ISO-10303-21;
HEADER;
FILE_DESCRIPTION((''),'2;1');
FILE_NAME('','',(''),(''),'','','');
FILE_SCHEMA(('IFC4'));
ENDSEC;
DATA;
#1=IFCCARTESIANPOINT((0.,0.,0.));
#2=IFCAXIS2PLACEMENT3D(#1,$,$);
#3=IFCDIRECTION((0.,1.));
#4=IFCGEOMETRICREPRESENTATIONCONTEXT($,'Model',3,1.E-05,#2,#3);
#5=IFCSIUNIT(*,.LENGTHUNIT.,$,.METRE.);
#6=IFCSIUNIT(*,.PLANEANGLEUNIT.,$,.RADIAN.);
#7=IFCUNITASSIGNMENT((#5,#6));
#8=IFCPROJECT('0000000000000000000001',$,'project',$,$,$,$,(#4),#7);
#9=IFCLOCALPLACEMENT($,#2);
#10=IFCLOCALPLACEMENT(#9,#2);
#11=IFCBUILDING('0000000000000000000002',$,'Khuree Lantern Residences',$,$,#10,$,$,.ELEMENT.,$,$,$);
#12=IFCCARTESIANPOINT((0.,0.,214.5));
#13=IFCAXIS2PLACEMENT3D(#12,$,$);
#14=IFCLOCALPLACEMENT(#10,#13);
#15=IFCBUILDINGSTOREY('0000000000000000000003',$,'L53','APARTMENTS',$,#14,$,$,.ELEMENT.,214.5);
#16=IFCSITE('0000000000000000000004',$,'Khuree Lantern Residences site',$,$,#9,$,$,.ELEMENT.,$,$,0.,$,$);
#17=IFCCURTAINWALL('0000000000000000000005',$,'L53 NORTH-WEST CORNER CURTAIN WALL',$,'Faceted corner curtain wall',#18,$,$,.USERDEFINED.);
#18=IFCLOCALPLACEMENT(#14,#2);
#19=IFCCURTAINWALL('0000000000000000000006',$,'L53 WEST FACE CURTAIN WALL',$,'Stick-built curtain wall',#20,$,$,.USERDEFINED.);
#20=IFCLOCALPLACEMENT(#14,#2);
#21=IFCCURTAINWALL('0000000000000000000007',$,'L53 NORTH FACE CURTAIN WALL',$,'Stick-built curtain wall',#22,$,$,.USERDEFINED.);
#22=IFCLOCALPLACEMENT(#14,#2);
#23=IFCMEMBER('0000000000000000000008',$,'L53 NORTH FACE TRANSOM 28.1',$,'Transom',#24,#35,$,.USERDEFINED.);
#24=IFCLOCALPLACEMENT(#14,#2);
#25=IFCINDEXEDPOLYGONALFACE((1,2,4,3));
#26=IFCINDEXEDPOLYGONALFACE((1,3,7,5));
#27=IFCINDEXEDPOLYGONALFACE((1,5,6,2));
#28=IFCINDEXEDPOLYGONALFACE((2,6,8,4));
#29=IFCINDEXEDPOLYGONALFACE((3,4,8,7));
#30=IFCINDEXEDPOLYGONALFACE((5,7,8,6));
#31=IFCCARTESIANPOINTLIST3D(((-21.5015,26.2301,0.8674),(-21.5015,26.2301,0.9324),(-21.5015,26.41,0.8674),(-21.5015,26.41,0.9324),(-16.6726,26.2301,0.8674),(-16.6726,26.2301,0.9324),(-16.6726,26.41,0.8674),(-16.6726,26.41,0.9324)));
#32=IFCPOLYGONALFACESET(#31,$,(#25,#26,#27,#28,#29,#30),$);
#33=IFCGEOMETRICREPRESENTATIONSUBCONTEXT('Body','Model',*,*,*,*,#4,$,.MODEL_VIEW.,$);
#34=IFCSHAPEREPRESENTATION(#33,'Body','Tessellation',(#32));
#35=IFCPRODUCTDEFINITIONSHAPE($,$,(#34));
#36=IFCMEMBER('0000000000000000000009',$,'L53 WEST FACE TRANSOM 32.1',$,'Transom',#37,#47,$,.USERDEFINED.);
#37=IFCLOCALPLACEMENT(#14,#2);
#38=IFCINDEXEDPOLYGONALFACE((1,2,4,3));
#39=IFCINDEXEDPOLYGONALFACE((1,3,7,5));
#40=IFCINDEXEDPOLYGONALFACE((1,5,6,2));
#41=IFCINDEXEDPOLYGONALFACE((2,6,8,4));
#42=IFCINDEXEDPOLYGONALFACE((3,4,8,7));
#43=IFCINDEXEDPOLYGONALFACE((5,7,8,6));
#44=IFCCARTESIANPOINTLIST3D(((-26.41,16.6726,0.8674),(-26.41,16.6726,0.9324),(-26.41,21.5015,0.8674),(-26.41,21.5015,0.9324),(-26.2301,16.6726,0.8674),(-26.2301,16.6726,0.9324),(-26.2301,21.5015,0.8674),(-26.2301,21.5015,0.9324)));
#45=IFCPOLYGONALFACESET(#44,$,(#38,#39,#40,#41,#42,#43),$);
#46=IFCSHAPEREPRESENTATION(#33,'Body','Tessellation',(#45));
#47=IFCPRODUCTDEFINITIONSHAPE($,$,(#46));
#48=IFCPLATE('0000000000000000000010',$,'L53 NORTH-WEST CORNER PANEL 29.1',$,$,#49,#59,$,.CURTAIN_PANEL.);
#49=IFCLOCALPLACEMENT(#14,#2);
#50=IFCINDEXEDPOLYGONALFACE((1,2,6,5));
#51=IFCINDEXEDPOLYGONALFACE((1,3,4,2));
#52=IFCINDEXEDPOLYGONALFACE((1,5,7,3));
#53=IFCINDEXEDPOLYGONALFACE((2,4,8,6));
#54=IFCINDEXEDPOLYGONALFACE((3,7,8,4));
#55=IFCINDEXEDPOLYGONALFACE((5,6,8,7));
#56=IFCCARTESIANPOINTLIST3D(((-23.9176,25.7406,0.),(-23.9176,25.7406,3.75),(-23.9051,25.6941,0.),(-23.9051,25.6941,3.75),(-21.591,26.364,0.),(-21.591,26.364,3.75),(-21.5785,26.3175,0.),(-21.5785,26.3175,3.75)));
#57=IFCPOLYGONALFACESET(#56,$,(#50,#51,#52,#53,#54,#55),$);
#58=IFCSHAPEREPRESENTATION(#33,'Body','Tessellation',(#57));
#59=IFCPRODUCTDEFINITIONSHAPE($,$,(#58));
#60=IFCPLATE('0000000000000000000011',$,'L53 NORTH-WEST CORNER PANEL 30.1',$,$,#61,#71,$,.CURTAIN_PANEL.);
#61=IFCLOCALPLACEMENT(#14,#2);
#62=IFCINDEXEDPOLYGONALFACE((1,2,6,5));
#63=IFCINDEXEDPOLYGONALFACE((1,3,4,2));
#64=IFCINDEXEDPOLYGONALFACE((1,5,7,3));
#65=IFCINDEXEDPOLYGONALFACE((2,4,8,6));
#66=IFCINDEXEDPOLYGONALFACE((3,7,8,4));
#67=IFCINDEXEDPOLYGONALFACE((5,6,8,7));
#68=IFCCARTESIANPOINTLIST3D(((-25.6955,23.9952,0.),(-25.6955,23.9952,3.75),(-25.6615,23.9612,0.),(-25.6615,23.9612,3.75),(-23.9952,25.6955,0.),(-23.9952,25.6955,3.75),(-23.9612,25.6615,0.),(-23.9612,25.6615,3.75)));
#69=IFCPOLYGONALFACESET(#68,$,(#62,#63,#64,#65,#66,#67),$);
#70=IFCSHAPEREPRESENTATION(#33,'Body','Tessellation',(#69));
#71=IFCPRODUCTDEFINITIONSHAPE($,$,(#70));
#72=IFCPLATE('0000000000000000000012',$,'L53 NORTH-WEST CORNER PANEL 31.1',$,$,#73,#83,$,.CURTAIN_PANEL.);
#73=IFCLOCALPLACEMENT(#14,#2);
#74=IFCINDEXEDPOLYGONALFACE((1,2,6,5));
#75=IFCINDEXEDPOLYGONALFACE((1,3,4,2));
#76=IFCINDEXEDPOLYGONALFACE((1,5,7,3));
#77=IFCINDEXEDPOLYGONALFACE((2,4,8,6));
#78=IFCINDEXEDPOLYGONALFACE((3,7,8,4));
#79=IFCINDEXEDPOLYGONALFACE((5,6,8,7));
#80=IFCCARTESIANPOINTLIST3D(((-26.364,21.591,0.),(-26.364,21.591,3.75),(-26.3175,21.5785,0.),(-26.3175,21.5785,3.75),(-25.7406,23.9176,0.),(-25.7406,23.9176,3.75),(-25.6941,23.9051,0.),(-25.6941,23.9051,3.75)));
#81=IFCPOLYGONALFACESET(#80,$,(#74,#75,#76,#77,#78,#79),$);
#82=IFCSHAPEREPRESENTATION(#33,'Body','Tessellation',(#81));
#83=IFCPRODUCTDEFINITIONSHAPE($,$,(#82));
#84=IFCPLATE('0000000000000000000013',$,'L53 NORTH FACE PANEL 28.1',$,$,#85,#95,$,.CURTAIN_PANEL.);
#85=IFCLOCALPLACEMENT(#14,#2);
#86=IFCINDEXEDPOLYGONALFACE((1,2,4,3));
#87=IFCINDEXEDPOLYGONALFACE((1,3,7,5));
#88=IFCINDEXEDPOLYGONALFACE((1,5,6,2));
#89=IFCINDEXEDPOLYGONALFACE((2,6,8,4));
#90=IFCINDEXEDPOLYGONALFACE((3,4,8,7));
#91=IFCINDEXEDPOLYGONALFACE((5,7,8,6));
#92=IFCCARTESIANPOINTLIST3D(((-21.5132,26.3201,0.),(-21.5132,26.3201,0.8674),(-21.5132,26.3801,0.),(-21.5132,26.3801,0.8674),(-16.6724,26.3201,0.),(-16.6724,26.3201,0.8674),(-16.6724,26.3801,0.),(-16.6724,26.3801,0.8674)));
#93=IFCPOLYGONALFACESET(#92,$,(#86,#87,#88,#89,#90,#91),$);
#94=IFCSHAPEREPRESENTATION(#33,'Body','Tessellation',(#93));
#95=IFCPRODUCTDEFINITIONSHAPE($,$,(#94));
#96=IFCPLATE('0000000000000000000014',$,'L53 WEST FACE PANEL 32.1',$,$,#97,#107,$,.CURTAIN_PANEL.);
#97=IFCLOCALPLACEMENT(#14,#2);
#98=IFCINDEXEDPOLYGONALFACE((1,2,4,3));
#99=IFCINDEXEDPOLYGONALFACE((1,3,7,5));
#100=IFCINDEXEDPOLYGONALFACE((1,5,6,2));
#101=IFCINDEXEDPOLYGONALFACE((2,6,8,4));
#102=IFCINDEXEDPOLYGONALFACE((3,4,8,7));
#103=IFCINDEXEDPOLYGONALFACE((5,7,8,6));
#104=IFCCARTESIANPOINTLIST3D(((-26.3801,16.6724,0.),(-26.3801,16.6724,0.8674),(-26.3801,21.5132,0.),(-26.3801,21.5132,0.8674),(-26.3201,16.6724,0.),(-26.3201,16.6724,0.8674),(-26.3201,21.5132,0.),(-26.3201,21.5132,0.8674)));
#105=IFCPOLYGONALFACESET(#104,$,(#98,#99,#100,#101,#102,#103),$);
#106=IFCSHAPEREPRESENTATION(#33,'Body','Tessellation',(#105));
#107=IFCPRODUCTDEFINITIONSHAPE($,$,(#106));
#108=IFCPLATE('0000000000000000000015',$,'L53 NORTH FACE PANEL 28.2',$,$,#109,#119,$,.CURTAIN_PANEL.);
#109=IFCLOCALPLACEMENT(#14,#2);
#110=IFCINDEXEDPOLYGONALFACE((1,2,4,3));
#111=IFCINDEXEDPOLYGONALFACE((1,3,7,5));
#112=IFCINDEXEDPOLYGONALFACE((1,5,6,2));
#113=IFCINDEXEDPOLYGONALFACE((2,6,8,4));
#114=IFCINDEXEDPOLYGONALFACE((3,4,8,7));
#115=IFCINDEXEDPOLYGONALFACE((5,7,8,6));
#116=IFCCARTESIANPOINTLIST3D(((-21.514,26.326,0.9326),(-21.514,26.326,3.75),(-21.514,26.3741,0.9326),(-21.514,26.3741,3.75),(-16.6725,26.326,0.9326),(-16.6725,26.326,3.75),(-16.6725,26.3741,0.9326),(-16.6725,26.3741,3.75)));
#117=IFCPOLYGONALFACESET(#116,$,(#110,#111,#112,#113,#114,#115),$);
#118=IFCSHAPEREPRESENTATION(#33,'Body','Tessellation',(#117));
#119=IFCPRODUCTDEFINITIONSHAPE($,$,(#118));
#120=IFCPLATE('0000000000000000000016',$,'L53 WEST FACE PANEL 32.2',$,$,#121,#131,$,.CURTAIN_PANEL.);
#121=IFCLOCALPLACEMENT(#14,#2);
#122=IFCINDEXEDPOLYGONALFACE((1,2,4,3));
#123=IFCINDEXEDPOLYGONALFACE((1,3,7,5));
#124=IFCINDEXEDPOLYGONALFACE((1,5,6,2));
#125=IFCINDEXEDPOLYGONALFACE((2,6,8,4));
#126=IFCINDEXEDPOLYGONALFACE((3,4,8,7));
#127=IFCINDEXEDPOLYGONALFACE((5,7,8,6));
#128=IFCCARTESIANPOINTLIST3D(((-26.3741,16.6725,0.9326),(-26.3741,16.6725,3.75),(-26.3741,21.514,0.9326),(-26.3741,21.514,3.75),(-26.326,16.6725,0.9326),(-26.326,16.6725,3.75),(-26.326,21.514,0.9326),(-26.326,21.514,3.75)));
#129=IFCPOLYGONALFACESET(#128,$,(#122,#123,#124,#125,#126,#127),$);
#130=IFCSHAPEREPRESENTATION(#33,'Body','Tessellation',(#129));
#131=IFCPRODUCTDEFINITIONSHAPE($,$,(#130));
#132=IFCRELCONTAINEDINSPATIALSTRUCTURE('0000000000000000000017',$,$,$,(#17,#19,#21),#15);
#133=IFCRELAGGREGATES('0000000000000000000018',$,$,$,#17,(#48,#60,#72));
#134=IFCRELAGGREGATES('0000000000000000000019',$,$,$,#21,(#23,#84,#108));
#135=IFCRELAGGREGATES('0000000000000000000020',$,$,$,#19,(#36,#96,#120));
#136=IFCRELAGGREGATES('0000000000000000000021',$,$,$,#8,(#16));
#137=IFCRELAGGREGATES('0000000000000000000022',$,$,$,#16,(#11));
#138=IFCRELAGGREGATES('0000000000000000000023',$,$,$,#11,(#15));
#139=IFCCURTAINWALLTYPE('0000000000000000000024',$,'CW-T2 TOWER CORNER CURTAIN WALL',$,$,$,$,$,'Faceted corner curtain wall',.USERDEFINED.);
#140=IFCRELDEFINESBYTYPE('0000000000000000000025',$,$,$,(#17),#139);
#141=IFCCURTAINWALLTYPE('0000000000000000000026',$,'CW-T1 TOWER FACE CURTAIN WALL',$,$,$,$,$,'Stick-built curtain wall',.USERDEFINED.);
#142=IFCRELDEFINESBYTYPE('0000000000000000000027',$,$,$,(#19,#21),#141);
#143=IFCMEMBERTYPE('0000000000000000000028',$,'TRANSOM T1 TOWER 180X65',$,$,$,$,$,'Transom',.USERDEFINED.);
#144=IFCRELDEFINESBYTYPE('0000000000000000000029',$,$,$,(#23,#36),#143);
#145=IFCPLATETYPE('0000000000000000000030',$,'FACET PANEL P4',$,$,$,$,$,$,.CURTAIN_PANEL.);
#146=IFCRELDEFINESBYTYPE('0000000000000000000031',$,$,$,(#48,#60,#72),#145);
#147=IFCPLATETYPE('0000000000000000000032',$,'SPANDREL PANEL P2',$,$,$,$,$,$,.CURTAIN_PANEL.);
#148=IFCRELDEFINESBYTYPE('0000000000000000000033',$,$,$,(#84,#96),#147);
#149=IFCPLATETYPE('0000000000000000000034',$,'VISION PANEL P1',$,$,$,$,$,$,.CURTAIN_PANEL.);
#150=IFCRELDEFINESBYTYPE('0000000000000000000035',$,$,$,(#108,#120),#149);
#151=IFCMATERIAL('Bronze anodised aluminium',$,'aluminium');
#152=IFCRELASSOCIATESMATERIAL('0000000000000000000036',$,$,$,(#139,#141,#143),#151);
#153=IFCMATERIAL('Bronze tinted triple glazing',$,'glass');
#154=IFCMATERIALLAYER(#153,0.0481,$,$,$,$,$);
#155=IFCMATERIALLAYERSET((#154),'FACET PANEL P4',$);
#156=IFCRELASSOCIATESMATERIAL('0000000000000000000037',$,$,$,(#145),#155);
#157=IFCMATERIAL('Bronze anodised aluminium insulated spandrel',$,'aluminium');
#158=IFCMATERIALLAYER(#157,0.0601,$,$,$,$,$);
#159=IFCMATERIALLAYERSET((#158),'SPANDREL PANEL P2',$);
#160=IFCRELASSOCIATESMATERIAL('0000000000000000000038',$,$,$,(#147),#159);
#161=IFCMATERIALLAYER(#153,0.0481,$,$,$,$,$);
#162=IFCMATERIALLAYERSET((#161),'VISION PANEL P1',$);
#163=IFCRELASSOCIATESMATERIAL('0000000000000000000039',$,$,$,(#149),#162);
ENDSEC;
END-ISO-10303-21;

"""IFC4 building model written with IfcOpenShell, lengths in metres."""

from ifc_helpers import new_model, si_unit, direction, frame, origin, origin_2d, place, context, subcontext, project, spatial, rectangle, extrude, material, layer, layer_set, material_profile, profile_set, type_object, element, aggregate, save


model = new_model("IFC4")

# Units and contexts
model_context = context("Model", 3, precision=1e-05, world=origin(), true_north=direction((0.0, 1.0)))
body_context = subcontext(model_context, "Body", "Model", "MODEL_VIEW")
ifc_project = project(units=[si_unit("LENGTHUNIT", "METRE"), si_unit("PLANEANGLEUNIT", "RADIAN")], contexts=[model_context])

# Site, building, storey
site_placement = place(None, origin())
site = spatial("IfcSite", under=ifc_project, at=site_placement, Name="Khuree Lantern Residences site", CompositionType="ELEMENT", RefElevation=0.0)
building_placement = place(site_placement, origin())
building = spatial("IfcBuilding", under=site, at=building_placement, Name="Khuree Lantern Residences", CompositionType="ELEMENT")
storey_placement = place(building_placement, frame((0.0, 0.0, 214.5)))
storey = spatial("IfcBuildingStorey", under=building, at=storey_placement, Name="L53", Description="APARTMENTS", CompositionType="ELEMENT", Elevation=214.5)

# Curtain walls
ifc_material_1 = material(Name="Bronze anodised aluminium", Category="aluminium")
curtain_wall_type_1 = type_object("IfcCurtainWallType", Name="CW-T2 TOWER CORNER CURTAIN WALL", ElementType="Faceted corner curtain wall", PredefinedType="USERDEFINED", material=ifc_material_1)
curtain_wall_1_placement = place(storey_placement, origin())
curtain_wall_1 = element("IfcCurtainWall", 1, at=curtain_wall_1_placement, inside=storey, type_object=curtain_wall_type_1, Name="L53 NORTH-WEST CORNER CURTAIN WALL", ObjectType="Faceted corner curtain wall", PredefinedType="USERDEFINED")
curtain_wall_type_2 = type_object("IfcCurtainWallType", Name="CW-T1 TOWER FACE CURTAIN WALL", ElementType="Stick-built curtain wall", PredefinedType="USERDEFINED", material=ifc_material_1)
curtain_wall_2_placement = place(storey_placement, origin())
curtain_wall_2 = element("IfcCurtainWall", 2, at=curtain_wall_2_placement, inside=storey, type_object=curtain_wall_type_2, Name="L53 WEST FACE CURTAIN WALL", ObjectType="Stick-built curtain wall", PredefinedType="USERDEFINED")

# Curtain wall, member
curtain_wall_3_placement = place(storey_placement, origin())
curtain_wall_3 = element("IfcCurtainWall", 3, at=curtain_wall_3_placement, inside=storey, type_object=curtain_wall_type_2, Name="L53 NORTH FACE CURTAIN WALL", ObjectType="Stick-built curtain wall", PredefinedType="USERDEFINED")
ifc_material_profile_1 = material_profile(ifc_material_1, rectangle(XDim=0.1799, YDim=0.0649, at=origin_2d()), Name="T1 180X65")
ifc_profile_set_1 = profile_set([ifc_material_profile_1], Name="Bronze anodised aluminium")
member_type_1 = type_object("IfcMemberType", Name="TRANSOM T1 TOWER 180X65", ElementType="Transom", PredefinedType="USERDEFINED", material=ifc_profile_set_1)
member_1_placement = place(storey_placement, frame((-16.6726, 26.3201, 0.8999), z_axis=(-1.0, 0.0, 0.0), x_axis=(0.0, -1.0, 0.0)))
member_1 = element("IfcMember", 4, at=member_1_placement, type_object=member_type_1, Name="L53 NORTH FACE TRANSOM 28.1", ObjectType="Transom", PredefinedType="USERDEFINED", context=body_context, shape_type="SweptSolid", body=[
    extrude(rectangle(XDim=0.1799, YDim=0.0649, at=origin_2d()), origin(), (0.0, 0.0, 1.0), 4.8289),
])

# Member
member_2_placement = place(storey_placement, frame((-26.3201, 21.5015, 0.8999), z_axis=(0.0, -1.0, 0.0), x_axis=(1.0, 0.0, 0.0)))
member_2 = element("IfcMember", 5, at=member_2_placement, type_object=member_type_1, Name="L53 WEST FACE TRANSOM 32.1", ObjectType="Transom", PredefinedType="USERDEFINED", context=body_context, shape_type="SweptSolid", body=[
    extrude(rectangle(XDim=0.1799, YDim=0.0649, at=origin_2d()), origin(), (0.0, 0.0, 1.0), 4.8289),
])

# Plates
ifc_material_2 = material(Name="Bronze tinted triple glazing", Category="glass")
ifc_layer_1 = layer(ifc_material_2, 0.0481)
ifc_layer_set_1 = layer_set([ifc_layer_1], Name="FACET PANEL P4")
plate_type_1 = type_object("IfcPlateType", Name="FACET PANEL P4", PredefinedType="CURTAIN_PANEL", material=ifc_layer_set_1)
plate_1_placement = place(storey_placement, frame((-22.748, 26.0291, 0.0), z_axis=(0.0, 0.0, 1.0), x_axis=(-0.965926, -0.258819, 0.0)))
plate_1 = element("IfcPlate", 6, at=plate_1_placement, type_object=plate_type_1, Name="L53 NORTH-WEST CORNER PANEL 29.1", PredefinedType="CURTAIN_PANEL", context=body_context, shape_type="SweptSolid", body=[
    extrude(rectangle(XDim=2.4087, YDim=0.0481, at=origin_2d()), origin(), (0.0, 0.0, 1.0), 3.75),
])
plate_2_placement = place(storey_placement, frame((-24.8284, 24.8284, 0.0), z_axis=(0.0, 0.0, 1.0), x_axis=(-0.707107, -0.707107, 0.0)))
plate_2 = element("IfcPlate", 7, at=plate_2_placement, type_object=plate_type_1, Name="L53 NORTH-WEST CORNER PANEL 30.1", PredefinedType="CURTAIN_PANEL", context=body_context, shape_type="SweptSolid", body=[
    extrude(rectangle(XDim=2.4045, YDim=0.0481, at=origin_2d()), origin(), (0.0, 0.0, 1.0), 3.75),
])
plate_3_placement = place(storey_placement, frame((-26.0291, 22.748, 0.0), z_axis=(0.0, 0.0, 1.0), x_axis=(-0.258819, -0.965926, 0.0)))
plate_3 = element("IfcPlate", 8, at=plate_3_placement, type_object=plate_type_1, Name="L53 NORTH-WEST CORNER PANEL 31.1", PredefinedType="CURTAIN_PANEL", context=body_context, shape_type="SweptSolid", body=[
    extrude(rectangle(XDim=2.4087, YDim=0.0481, at=origin_2d()), origin(), (0.0, 0.0, 1.0), 3.75),
])
aggregate(curtain_wall_1, [plate_1, plate_2, plate_3])
ifc_material_3 = material(Name="Bronze anodised aluminium insulated spandrel", Category="aluminium")
ifc_layer_2 = layer(ifc_material_3, 0.0601)
ifc_layer_set_2 = layer_set([ifc_layer_2], Name="SPANDREL PANEL P2")
plate_type_2 = type_object("IfcPlateType", Name="SPANDREL PANEL P2", PredefinedType="CURTAIN_PANEL", material=ifc_layer_set_2)
plate_4_placement = place(storey_placement, frame((-19.0928, 26.3501, 0.0), z_axis=(0.0, 0.0, 1.0), x_axis=(-1.0, 0.0, 0.0)))
plate_4 = element("IfcPlate", 9, at=plate_4_placement, type_object=plate_type_2, Name="L53 NORTH FACE PANEL 28.1", PredefinedType="CURTAIN_PANEL", context=body_context, shape_type="SweptSolid", body=[
    extrude(rectangle(XDim=4.8408, YDim=0.0601, at=origin_2d()), origin(), (0.0, 0.0, 1.0), 0.8674),
])
plate_5_placement = place(storey_placement, frame((-26.3501, 19.0928, 0.0), z_axis=(0.0, 0.0, 1.0), x_axis=(0.0, -1.0, 0.0)))
plate_5 = element("IfcPlate", 10, at=plate_5_placement, type_object=plate_type_2, Name="L53 WEST FACE PANEL 32.1", PredefinedType="CURTAIN_PANEL", context=body_context, shape_type="SweptSolid", body=[
    extrude(rectangle(XDim=4.8408, YDim=0.0601, at=origin_2d()), origin(), (0.0, 0.0, 1.0), 0.8674),
])
ifc_layer_3 = layer(ifc_material_2, 0.0481)
ifc_layer_set_3 = layer_set([ifc_layer_3], Name="VISION PANEL P1")
plate_type_3 = type_object("IfcPlateType", Name="VISION PANEL P1", PredefinedType="CURTAIN_PANEL", material=ifc_layer_set_3)
plate_6_placement = place(storey_placement, frame((-19.0933, 26.3501, 0.9326), z_axis=(0.0, 0.0, 1.0), x_axis=(-1.0, 0.0, 0.0)))
plate_6 = element("IfcPlate", 11, at=plate_6_placement, type_object=plate_type_3, Name="L53 NORTH FACE PANEL 28.2", PredefinedType="CURTAIN_PANEL", context=body_context, shape_type="SweptSolid", body=[
    extrude(rectangle(XDim=4.8416, YDim=0.0481, at=origin_2d()), origin(), (0.0, 0.0, 1.0), 2.8174),
])
aggregate(curtain_wall_3, [member_1, plate_4, plate_6])
plate_7_placement = place(storey_placement, frame((-26.3501, 19.0933, 0.9326), z_axis=(0.0, 0.0, 1.0), x_axis=(0.0, -1.0, 0.0)))
plate_7 = element("IfcPlate", 12, at=plate_7_placement, type_object=plate_type_3, Name="L53 WEST FACE PANEL 32.2", PredefinedType="CURTAIN_PANEL", context=body_context, shape_type="SweptSolid", body=[
    extrude(rectangle(XDim=4.8416, YDim=0.0481, at=origin_2d()), origin(), (0.0, 0.0, 1.0), 2.8174),
])
aggregate(curtain_wall_2, [member_2, plate_5, plate_7])

save(model, "model.ifc")
